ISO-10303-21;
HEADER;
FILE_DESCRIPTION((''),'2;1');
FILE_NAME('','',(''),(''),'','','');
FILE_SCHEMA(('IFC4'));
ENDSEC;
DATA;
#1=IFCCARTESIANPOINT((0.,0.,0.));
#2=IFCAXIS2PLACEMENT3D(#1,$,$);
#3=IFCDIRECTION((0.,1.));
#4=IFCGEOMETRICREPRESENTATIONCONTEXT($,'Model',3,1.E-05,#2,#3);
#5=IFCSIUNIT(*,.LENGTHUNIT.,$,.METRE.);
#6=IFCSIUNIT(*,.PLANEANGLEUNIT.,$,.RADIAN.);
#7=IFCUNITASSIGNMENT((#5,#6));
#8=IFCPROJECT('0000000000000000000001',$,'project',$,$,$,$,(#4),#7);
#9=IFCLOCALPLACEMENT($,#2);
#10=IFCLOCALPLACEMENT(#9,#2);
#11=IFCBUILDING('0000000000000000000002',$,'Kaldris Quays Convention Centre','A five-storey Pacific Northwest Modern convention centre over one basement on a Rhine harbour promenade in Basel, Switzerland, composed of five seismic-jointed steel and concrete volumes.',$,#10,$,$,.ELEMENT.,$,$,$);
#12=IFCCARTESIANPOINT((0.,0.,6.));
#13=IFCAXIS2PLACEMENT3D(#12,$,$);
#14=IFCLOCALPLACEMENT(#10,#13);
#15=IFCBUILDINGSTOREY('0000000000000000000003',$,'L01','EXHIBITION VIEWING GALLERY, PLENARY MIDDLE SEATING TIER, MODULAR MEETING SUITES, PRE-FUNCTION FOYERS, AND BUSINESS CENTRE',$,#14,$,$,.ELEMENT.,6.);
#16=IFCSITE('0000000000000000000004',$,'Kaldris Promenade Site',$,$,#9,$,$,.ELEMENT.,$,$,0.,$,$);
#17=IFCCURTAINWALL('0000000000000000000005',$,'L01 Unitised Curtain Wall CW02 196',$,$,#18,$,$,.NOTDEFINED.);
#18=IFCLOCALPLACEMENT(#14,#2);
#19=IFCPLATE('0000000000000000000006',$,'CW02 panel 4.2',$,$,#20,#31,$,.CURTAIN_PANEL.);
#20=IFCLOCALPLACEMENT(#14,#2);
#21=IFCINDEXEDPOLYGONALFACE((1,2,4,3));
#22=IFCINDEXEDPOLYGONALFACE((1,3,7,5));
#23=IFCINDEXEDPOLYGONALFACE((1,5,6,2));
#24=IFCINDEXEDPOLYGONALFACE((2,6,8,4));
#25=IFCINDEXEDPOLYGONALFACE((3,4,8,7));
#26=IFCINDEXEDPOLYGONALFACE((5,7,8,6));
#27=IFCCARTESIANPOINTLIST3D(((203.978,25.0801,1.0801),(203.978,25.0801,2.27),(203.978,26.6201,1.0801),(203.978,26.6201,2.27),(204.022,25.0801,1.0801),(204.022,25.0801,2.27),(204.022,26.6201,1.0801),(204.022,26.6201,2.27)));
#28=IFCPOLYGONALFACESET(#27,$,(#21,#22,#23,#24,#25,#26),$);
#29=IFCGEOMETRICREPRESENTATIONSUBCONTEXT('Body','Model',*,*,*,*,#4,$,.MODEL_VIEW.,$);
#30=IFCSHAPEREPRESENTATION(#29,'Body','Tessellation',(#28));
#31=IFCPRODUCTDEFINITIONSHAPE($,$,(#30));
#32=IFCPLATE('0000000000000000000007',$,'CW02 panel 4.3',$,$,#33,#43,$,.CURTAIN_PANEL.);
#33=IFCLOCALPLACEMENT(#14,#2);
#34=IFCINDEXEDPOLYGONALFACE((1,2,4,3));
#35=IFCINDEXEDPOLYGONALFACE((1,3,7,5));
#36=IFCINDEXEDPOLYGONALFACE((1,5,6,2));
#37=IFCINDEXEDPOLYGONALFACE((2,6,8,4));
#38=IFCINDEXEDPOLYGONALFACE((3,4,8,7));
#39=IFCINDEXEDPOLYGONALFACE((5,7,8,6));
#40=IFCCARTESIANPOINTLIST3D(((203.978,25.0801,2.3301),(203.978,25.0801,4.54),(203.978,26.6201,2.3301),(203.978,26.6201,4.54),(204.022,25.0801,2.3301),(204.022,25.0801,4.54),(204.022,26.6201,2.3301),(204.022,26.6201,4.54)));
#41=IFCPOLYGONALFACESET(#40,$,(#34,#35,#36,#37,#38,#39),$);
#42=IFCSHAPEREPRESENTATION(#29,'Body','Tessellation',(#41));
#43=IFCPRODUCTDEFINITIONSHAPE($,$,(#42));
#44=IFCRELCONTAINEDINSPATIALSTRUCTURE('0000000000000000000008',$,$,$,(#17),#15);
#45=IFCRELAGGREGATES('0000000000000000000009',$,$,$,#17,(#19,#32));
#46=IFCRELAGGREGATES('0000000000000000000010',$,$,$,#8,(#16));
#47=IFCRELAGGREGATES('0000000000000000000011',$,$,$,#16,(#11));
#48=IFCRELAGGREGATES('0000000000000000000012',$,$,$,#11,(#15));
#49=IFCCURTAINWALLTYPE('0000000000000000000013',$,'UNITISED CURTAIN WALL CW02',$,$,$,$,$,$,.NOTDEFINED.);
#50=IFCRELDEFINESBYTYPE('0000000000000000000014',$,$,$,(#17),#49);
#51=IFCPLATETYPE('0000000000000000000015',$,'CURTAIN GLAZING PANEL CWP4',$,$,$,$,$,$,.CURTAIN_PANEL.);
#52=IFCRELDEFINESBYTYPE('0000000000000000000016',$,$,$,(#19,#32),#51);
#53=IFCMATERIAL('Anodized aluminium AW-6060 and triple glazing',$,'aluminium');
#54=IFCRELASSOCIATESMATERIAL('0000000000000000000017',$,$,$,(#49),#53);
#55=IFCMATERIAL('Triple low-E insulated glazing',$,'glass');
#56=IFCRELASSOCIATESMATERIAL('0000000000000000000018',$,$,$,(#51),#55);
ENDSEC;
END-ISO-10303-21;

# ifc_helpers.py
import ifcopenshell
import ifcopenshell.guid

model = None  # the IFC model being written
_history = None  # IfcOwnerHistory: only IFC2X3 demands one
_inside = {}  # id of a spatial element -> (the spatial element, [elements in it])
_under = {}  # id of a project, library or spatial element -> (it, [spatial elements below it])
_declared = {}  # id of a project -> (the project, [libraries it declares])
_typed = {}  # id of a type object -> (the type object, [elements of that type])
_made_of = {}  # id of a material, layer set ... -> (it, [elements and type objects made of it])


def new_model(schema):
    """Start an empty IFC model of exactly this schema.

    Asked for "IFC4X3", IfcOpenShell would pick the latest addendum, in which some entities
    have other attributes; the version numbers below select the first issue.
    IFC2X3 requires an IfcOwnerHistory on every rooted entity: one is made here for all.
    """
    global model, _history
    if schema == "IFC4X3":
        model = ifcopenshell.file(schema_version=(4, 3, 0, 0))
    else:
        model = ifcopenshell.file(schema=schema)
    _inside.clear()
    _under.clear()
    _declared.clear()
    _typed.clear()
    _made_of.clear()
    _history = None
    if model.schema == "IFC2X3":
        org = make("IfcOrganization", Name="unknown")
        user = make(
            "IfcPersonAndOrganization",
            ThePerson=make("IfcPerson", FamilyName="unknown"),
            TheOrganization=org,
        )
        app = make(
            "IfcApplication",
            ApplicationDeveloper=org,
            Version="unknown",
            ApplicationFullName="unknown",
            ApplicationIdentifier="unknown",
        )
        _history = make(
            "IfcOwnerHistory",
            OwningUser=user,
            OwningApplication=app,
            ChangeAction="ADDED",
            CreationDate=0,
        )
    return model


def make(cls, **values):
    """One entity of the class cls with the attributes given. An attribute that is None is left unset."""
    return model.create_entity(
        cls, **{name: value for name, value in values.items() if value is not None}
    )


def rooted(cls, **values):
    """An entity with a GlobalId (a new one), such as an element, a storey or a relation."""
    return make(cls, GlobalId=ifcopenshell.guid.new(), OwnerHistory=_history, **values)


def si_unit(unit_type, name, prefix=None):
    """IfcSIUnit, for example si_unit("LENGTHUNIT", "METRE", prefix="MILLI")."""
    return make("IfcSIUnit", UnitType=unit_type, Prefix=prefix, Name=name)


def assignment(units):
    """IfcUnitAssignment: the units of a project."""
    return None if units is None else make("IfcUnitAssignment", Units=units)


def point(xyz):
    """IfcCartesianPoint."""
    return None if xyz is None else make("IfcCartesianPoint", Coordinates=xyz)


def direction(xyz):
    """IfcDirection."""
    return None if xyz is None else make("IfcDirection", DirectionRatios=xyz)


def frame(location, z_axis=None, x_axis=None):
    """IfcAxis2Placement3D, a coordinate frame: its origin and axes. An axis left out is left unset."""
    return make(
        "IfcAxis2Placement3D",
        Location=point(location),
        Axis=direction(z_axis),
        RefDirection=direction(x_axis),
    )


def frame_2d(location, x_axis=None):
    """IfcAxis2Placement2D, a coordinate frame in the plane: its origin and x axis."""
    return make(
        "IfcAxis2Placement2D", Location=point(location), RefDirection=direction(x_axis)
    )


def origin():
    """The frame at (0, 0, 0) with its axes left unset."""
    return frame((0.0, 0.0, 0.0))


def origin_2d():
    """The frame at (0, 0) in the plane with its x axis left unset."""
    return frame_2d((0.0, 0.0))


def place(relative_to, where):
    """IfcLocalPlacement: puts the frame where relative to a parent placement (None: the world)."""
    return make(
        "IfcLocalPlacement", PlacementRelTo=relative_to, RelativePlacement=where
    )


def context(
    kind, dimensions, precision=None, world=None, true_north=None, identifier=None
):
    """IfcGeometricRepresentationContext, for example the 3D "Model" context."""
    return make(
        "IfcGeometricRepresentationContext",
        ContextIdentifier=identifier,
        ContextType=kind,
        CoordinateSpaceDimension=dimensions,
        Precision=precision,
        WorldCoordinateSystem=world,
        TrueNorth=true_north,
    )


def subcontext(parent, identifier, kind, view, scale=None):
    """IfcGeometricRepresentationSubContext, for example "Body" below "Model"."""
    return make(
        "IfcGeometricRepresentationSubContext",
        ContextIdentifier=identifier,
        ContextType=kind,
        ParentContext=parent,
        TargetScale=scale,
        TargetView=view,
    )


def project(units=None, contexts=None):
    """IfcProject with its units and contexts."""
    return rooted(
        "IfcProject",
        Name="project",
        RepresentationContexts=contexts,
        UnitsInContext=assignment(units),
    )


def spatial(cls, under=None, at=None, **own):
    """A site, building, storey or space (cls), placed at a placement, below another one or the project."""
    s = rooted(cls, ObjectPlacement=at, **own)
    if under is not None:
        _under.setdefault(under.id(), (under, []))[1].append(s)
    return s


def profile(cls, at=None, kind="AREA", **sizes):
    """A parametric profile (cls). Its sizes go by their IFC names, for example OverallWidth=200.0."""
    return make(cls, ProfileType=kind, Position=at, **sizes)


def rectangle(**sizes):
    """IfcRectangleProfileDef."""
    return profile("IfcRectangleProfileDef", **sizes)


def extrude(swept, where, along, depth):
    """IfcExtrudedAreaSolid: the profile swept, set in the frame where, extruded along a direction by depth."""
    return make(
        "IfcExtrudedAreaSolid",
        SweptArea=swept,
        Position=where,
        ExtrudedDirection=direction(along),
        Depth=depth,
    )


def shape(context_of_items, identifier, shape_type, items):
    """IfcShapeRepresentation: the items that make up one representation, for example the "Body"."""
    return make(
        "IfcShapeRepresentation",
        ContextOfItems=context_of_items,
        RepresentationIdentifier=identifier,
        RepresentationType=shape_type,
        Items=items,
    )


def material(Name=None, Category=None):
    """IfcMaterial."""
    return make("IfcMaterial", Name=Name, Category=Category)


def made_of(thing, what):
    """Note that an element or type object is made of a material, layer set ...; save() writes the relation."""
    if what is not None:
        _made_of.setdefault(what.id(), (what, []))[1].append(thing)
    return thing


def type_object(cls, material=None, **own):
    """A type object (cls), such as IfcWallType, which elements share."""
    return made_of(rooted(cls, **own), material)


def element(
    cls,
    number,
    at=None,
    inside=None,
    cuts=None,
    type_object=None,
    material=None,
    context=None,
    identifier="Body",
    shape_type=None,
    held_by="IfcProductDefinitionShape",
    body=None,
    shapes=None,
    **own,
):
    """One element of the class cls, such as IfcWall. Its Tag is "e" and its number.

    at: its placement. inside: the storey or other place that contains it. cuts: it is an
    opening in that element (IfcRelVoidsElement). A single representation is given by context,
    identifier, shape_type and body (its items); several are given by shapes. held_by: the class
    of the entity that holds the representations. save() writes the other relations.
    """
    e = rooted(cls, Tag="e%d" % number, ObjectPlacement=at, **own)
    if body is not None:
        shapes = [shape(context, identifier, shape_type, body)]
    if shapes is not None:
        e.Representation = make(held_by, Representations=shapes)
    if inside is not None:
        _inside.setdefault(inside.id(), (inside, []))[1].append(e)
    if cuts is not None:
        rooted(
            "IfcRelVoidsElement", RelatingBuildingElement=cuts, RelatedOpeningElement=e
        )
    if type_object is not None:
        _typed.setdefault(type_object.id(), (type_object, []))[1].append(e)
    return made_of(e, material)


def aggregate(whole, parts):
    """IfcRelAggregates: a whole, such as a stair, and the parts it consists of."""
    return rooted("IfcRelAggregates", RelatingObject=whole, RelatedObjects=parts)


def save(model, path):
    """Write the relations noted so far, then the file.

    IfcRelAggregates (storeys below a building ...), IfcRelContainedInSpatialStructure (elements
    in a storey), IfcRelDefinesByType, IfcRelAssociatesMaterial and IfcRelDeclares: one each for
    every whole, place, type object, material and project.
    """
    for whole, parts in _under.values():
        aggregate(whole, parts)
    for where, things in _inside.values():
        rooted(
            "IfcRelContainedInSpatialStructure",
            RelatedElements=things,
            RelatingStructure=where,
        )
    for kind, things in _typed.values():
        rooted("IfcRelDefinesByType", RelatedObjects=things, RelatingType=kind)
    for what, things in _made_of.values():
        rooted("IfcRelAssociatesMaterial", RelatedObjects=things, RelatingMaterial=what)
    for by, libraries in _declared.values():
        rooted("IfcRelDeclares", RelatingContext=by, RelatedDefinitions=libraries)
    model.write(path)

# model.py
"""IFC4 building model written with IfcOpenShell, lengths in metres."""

from ifc_helpers import new_model, si_unit, direction, frame, origin, origin_2d, place, context, subcontext, project, spatial, rectangle, extrude, material, type_object, element, aggregate, save


model = new_model("IFC4")

# Units and contexts
model_context = context("Model", 3, precision=1e-05, world=origin(), true_north=direction((0.0, 1.0)))
body_context = subcontext(model_context, "Body", "Model", "MODEL_VIEW")
ifc_project = project(units=[si_unit("LENGTHUNIT", "METRE"), si_unit("PLANEANGLEUNIT", "RADIAN")], contexts=[model_context])

# Site, building, storey
site_placement = place(None, origin())
site = spatial("IfcSite", under=ifc_project, at=site_placement, Name="Kaldris Promenade Site", CompositionType="ELEMENT", RefElevation=0.0)
building_placement = place(site_placement, origin())
building = spatial("IfcBuilding", under=site, at=building_placement, Name="Kaldris Quays Convention Centre", Description="A five-storey Pacific Northwest Modern convention centre over one basement on a Rhine harbour promenade in Basel, Switzerland, composed of five seismic-jointed steel and concrete volumes.", CompositionType="ELEMENT")
storey_placement = place(building_placement, frame((0.0, 0.0, 6.0)))
storey = spatial("IfcBuildingStorey", under=building, at=storey_placement, Name="L01", Description="EXHIBITION VIEWING GALLERY, PLENARY MIDDLE SEATING TIER, MODULAR MEETING SUITES, PRE-FUNCTION FOYERS, AND BUSINESS CENTRE", CompositionType="ELEMENT", Elevation=6.0)

# Curtain wall, plates
ifc_material_1 = material(Name="Anodized aluminium AW-6060 and triple glazing", Category="aluminium")
curtain_wall_type = type_object("IfcCurtainWallType", Name="UNITISED CURTAIN WALL CW02", PredefinedType="NOTDEFINED", material=ifc_material_1)
curtain_wall_placement = place(storey_placement, origin())
curtain_wall = element("IfcCurtainWall", 1, at=curtain_wall_placement, inside=storey, type_object=curtain_wall_type, Name="L01 Unitised Curtain Wall CW02 196", PredefinedType="NOTDEFINED")
ifc_material_2 = material(Name="Triple low-E insulated glazing", Category="glass")
plate_type = type_object("IfcPlateType", Name="CURTAIN GLAZING PANEL CWP4", PredefinedType="CURTAIN_PANEL", material=ifc_material_2)
plate_1_placement = place(storey_placement, frame((204.0, 25.8501, 1.0801), z_axis=(0.0, 0.0, 1.0), x_axis=(0.0, 1.0, 0.0)))
plate_1 = element("IfcPlate", 2, at=plate_1_placement, type_object=plate_type, Name="CW02 panel 4.2", PredefinedType="CURTAIN_PANEL", context=body_context, shape_type="SweptSolid", body=[
    extrude(rectangle(XDim=1.54, YDim=0.0439, at=origin_2d()), origin(), (0.0, 0.0, 1.0), 1.1899),
])
plate_2_placement = place(storey_placement, frame((204.0, 25.8501, 2.3301), z_axis=(0.0, 0.0, 1.0), x_axis=(0.0, 1.0, 0.0)))
plate_2 = element("IfcPlate", 3, at=plate_2_placement, type_object=plate_type, Name="CW02 panel 4.3", PredefinedType="CURTAIN_PANEL", context=body_context, shape_type="SweptSolid", body=[
    extrude(rectangle(XDim=1.54, YDim=0.0439, at=origin_2d()), origin(), (0.0, 0.0, 1.0), 2.21),
])
aggregate(curtain_wall, [plate_1, plate_2])

save(model, "model.ifc")
